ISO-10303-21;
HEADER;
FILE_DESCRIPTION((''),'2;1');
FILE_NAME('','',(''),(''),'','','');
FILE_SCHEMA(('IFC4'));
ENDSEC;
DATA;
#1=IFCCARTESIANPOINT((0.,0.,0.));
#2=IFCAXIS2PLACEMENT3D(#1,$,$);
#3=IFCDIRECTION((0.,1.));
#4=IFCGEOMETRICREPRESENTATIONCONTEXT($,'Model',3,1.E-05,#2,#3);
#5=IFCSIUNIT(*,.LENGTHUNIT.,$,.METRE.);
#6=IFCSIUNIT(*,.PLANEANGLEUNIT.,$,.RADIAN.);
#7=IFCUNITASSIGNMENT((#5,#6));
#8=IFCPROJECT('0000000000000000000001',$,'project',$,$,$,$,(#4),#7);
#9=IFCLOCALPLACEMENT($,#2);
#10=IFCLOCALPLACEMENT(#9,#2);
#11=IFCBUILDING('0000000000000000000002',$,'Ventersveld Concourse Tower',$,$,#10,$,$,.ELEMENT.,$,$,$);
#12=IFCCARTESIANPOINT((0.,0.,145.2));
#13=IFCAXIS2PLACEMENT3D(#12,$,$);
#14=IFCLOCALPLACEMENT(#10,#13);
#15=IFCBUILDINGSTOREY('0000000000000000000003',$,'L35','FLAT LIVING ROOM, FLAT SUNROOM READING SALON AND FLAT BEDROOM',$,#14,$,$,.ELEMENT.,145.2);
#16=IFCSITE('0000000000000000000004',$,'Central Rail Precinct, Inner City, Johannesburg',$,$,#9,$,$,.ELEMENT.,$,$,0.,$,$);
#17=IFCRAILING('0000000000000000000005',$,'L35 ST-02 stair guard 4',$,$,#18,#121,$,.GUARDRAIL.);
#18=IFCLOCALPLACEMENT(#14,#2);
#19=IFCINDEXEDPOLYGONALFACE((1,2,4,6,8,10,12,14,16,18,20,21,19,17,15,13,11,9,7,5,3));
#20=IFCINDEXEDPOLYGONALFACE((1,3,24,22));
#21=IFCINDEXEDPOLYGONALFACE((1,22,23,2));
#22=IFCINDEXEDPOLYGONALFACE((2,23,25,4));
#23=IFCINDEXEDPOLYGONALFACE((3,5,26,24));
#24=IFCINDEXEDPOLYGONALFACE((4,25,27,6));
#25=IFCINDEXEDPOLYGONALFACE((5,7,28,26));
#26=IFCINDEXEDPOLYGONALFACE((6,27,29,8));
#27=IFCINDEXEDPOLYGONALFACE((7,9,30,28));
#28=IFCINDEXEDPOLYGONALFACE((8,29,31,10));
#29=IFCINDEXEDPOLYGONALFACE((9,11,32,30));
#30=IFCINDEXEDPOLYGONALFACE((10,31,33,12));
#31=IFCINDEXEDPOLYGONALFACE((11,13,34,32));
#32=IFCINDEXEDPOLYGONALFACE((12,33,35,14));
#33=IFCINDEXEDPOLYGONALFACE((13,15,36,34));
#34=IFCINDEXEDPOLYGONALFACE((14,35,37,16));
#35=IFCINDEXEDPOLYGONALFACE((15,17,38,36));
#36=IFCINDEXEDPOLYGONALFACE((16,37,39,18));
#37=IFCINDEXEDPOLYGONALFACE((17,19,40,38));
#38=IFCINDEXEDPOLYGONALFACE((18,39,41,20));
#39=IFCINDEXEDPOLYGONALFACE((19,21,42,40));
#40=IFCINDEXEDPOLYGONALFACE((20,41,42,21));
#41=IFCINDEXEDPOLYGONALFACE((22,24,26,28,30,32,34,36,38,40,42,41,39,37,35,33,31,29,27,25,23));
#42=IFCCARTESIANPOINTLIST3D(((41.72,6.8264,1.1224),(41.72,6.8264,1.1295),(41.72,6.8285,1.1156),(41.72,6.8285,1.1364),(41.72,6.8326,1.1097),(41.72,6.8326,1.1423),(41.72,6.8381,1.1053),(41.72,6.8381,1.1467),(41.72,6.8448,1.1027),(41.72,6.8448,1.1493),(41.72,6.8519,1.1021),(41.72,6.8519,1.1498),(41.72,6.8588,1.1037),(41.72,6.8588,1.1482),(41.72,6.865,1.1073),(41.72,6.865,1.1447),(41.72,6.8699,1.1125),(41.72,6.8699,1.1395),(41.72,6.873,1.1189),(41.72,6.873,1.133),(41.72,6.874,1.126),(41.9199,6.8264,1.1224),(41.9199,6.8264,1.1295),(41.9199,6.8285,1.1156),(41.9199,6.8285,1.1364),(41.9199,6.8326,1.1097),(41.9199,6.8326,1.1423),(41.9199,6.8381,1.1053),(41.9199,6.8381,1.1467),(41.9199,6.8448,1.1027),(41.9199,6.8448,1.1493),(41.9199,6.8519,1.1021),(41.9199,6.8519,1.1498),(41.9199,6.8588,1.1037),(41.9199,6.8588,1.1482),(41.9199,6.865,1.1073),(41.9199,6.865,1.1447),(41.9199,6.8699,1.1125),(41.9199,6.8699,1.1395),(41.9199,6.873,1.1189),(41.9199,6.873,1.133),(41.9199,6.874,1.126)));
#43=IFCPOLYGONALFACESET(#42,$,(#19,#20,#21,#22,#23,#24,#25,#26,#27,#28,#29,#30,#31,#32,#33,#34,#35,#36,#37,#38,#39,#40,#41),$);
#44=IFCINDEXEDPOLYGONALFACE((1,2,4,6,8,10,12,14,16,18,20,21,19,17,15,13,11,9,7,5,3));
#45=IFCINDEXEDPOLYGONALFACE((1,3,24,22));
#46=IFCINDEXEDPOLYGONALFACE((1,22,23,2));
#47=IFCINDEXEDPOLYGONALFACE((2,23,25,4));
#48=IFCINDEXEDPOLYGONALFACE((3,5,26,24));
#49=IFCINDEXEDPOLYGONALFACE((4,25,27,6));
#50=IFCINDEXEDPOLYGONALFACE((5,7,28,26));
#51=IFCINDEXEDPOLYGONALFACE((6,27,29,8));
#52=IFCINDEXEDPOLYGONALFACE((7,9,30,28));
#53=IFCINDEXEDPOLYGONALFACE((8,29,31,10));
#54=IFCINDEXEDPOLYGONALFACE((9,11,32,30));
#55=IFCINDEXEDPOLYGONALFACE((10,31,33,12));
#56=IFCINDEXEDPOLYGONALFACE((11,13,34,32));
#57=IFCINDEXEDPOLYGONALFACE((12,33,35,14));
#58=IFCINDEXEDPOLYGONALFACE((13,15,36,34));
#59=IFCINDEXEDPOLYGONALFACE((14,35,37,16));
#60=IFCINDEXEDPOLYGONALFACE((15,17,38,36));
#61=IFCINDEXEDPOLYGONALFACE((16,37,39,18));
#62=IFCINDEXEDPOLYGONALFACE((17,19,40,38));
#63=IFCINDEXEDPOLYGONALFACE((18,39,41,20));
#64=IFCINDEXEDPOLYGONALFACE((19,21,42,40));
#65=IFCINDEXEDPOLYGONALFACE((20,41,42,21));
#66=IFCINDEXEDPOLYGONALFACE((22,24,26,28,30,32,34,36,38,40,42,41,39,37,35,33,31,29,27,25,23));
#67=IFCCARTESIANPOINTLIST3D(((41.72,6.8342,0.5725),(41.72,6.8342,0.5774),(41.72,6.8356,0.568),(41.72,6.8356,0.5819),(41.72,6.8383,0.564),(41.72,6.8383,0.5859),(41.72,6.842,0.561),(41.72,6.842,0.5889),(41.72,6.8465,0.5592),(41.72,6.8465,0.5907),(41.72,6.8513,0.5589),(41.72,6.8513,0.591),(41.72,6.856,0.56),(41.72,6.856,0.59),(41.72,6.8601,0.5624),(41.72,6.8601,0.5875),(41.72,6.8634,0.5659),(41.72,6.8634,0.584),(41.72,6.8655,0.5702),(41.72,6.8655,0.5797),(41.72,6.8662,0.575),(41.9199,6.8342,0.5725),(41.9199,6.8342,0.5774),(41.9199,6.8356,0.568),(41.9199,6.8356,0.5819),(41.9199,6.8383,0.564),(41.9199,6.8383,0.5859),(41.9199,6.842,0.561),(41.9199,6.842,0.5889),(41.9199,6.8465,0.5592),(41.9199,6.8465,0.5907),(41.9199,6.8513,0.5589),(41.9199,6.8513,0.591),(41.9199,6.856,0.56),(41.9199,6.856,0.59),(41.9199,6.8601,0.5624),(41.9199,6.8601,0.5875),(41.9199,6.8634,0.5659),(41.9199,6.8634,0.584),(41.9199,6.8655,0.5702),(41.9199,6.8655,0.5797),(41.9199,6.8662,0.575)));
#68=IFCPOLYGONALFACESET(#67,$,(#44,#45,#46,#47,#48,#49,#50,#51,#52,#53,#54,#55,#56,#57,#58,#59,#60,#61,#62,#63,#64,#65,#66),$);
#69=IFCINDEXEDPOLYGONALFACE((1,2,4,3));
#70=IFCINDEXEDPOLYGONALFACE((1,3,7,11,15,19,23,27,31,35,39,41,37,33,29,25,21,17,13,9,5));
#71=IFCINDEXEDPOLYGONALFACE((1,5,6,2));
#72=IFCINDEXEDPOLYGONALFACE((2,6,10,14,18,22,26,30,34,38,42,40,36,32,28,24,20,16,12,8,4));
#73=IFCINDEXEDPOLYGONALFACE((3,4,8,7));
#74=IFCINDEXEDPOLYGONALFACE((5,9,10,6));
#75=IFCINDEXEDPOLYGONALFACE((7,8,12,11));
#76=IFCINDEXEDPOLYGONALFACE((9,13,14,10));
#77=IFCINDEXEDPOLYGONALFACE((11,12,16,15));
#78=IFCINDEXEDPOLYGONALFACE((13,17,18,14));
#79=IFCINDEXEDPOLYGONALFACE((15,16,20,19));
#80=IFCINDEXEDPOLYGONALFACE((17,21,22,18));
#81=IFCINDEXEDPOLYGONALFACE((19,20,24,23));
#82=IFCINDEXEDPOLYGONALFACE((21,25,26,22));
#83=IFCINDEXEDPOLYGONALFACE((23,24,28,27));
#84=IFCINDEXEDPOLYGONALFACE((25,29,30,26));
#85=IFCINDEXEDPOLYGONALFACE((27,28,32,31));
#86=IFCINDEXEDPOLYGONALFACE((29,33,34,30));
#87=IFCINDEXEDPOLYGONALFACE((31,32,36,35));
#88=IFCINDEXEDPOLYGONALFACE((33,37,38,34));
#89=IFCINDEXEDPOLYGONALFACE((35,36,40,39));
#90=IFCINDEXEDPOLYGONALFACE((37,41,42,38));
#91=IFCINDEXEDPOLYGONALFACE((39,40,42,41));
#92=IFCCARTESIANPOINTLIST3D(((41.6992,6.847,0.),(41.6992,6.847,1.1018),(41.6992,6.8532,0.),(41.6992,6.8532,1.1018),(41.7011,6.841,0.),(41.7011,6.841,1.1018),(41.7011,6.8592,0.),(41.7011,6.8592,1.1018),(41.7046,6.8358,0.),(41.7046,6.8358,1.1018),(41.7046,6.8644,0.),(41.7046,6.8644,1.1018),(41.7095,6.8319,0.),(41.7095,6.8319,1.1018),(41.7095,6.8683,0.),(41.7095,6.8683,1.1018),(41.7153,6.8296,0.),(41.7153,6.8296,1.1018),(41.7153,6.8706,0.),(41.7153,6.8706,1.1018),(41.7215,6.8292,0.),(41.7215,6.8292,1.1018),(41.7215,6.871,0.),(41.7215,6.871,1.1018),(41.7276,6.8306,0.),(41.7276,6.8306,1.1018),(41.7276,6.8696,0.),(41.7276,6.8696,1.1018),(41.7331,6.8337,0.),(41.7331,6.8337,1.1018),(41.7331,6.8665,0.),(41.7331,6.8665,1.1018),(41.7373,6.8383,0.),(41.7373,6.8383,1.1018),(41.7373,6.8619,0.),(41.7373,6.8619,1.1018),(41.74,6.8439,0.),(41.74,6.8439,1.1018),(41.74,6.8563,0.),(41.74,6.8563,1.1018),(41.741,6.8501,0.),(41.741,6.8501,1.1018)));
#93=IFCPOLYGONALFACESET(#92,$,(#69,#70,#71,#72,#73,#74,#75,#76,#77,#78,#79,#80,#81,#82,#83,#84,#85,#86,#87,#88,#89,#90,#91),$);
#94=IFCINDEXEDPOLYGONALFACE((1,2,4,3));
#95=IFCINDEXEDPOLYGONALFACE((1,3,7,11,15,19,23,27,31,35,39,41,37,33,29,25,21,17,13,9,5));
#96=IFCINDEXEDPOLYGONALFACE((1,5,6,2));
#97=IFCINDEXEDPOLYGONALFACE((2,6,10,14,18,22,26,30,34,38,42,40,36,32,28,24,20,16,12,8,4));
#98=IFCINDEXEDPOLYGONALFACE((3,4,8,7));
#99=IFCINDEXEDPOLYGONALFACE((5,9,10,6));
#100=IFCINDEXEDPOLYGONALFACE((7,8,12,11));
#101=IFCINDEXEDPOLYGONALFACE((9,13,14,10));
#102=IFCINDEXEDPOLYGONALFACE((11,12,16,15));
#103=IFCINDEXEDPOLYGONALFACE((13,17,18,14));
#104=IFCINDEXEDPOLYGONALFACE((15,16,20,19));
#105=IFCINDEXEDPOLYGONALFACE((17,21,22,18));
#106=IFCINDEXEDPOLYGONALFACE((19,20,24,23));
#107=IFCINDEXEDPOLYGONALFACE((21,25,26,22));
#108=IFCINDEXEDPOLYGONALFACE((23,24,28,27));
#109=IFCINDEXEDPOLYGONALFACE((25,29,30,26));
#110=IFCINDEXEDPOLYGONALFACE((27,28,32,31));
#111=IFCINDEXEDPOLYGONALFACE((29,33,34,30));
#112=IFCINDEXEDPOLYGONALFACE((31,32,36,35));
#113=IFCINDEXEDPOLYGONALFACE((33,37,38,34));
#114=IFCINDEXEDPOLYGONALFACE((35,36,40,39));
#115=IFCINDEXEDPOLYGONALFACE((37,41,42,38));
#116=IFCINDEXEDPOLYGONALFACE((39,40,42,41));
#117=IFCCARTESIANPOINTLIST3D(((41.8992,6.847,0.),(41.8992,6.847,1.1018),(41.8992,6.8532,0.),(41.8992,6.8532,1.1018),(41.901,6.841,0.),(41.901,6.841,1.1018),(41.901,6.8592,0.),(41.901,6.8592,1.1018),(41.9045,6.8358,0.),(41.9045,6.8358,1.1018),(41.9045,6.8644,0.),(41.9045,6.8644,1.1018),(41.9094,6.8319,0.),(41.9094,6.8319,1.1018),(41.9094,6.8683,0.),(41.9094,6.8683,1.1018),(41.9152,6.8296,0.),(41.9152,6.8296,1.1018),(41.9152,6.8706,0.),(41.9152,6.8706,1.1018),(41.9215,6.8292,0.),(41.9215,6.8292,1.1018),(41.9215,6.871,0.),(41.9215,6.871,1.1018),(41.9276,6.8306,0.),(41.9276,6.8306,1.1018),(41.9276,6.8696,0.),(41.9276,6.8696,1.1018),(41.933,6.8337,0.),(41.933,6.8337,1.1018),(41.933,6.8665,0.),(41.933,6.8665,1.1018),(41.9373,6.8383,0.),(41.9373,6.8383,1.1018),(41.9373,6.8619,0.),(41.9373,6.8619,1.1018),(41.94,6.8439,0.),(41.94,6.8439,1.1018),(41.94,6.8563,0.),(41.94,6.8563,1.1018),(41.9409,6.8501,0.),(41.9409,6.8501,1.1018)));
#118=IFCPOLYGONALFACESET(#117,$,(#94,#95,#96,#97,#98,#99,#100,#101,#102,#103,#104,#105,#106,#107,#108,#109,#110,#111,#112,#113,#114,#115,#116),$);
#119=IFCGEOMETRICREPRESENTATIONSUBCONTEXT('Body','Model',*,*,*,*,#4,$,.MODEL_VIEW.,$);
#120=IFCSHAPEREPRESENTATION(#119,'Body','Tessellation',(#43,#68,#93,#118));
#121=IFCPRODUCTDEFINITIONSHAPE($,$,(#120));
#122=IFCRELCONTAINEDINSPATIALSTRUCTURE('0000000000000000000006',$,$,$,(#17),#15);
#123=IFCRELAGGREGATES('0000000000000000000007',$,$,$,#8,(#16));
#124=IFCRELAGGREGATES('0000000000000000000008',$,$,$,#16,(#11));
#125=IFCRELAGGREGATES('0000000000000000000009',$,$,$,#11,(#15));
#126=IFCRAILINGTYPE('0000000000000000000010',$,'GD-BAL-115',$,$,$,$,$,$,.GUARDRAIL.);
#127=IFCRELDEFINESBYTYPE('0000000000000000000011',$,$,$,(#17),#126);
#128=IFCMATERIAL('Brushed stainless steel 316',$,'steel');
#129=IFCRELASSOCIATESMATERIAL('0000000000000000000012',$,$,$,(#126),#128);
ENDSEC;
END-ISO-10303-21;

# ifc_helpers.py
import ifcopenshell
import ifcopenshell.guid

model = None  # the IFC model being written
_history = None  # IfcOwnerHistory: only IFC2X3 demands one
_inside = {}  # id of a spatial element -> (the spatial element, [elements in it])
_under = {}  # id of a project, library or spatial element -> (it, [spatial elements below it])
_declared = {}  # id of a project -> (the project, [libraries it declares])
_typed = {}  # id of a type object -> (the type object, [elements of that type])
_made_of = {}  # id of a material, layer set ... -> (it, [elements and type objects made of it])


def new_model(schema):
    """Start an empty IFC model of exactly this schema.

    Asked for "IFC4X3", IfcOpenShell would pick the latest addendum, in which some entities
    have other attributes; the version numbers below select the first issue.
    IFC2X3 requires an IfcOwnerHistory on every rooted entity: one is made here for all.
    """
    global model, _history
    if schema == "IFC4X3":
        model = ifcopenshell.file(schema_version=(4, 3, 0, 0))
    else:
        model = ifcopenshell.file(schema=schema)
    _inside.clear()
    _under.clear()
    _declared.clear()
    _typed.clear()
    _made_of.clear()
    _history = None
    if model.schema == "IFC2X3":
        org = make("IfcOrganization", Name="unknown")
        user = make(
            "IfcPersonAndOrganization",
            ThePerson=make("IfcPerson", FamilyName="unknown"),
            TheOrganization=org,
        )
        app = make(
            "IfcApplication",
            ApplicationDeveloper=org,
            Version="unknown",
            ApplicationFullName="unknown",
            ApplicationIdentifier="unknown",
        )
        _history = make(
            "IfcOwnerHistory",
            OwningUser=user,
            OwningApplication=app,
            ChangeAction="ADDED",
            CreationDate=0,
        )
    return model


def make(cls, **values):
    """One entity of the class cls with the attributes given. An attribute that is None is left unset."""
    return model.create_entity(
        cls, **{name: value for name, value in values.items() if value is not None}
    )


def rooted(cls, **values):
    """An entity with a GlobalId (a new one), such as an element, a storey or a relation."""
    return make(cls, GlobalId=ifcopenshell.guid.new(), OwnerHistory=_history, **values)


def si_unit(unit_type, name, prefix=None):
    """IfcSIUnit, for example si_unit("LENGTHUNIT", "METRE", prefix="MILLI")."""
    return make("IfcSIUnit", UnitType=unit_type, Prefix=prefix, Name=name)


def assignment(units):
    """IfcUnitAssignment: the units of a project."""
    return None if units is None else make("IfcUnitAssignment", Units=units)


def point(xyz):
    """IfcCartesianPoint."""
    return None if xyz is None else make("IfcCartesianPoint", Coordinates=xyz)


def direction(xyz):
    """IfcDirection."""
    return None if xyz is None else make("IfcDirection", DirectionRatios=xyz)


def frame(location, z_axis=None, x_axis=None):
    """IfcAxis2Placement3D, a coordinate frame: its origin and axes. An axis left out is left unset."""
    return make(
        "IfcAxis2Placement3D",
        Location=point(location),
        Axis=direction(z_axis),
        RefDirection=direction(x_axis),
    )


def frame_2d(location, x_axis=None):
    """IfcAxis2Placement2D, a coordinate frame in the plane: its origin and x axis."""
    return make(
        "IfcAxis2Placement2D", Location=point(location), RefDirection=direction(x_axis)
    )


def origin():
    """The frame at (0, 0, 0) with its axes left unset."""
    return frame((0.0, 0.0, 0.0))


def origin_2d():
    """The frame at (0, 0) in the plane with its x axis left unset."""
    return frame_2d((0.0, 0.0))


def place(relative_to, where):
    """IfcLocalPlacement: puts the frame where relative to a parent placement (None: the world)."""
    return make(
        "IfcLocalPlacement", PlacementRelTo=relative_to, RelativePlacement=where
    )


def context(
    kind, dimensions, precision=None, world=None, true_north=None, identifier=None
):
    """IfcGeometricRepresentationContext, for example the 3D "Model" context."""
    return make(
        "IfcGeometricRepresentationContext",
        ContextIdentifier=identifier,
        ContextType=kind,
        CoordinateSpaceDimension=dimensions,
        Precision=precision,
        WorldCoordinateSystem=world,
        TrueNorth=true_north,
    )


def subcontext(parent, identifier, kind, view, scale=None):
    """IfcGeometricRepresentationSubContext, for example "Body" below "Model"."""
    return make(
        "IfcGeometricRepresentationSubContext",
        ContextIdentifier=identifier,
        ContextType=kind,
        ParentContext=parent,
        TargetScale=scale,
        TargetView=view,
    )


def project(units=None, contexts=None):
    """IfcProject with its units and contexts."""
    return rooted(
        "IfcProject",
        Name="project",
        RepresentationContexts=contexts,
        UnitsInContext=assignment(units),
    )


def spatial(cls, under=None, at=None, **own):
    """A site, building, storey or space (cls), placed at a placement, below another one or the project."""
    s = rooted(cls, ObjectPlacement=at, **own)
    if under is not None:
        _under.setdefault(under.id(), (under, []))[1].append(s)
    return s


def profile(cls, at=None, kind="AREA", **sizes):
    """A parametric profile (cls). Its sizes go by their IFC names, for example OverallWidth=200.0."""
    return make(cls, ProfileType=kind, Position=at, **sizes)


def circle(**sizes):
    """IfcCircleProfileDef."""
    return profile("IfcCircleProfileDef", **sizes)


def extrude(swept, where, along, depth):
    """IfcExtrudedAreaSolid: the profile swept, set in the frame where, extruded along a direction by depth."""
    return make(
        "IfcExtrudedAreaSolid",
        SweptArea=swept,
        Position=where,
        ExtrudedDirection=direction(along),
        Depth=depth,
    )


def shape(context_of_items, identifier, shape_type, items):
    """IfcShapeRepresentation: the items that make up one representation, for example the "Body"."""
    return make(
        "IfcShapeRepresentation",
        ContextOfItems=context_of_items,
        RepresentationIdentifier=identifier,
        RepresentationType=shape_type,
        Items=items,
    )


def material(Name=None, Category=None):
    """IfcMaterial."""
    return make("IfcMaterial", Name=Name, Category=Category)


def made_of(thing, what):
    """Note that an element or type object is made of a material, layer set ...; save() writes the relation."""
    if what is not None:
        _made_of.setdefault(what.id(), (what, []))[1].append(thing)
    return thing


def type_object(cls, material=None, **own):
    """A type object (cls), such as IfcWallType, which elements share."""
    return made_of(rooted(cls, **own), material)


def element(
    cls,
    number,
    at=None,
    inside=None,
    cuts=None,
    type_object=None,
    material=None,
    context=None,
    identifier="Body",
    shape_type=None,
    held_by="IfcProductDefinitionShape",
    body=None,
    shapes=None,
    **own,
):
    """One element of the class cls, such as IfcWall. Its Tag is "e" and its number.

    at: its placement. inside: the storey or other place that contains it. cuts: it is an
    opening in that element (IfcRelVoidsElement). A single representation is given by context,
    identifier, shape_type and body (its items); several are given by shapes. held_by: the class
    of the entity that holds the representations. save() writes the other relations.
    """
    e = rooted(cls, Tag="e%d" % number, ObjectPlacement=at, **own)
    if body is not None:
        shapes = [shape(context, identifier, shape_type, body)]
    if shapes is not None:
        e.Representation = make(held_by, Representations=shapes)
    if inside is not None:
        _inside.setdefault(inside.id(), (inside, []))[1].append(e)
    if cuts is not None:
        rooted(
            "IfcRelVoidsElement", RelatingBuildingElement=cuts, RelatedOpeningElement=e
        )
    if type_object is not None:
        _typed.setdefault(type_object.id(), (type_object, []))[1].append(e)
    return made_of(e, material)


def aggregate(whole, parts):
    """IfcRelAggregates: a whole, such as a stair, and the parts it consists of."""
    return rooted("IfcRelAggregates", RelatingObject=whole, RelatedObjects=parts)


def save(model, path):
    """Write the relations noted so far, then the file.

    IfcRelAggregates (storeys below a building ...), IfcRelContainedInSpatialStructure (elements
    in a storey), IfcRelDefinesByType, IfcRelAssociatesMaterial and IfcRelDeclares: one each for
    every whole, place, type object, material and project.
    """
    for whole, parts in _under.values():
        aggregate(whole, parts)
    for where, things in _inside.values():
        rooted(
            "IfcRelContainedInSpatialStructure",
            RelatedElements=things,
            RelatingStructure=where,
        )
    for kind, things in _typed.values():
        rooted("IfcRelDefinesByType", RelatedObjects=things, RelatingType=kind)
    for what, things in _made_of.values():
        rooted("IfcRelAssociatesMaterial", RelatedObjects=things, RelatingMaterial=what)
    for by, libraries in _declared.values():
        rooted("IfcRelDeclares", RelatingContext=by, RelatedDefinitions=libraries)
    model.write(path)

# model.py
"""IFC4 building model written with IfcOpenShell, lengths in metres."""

from ifc_helpers import new_model, si_unit, direction, frame, origin, origin_2d, place, context, subcontext, project, spatial, circle, extrude, material, type_object, element, save


model = new_model("IFC4")

# Units and contexts
model_context = context("Model", 3, precision=1e-05, world=origin(), true_north=direction((0.0, 1.0)))
body_context = subcontext(model_context, "Body", "Model", "MODEL_VIEW")
ifc_project = project(units=[si_unit("LENGTHUNIT", "METRE"), si_unit("PLANEANGLEUNIT", "RADIAN")], contexts=[model_context])

# Site, building, storey
site_placement = place(None, origin())
site = spatial("IfcSite", under=ifc_project, at=site_placement, Name="Central Rail Precinct, Inner City, Johannesburg", CompositionType="ELEMENT", RefElevation=0.0)
building_placement = place(site_placement, origin())
building = spatial("IfcBuilding", under=site, at=building_placement, Name="Ventersveld Concourse Tower", CompositionType="ELEMENT")
storey_placement = place(building_placement, frame((0.0, 0.0, 145.2)))
storey = spatial("IfcBuildingStorey", under=building, at=storey_placement, Name="L35", Description="FLAT LIVING ROOM, FLAT SUNROOM READING SALON AND FLAT BEDROOM", CompositionType="ELEMENT", Elevation=145.2)

# Railing
ifc_material_1 = material(Name="Brushed stainless steel 316", Category="steel")
railing_type_1 = type_object("IfcRailingType", Name="GD-BAL-115", PredefinedType="GUARDRAIL", material=ifc_material_1)
railing_1_placement = place(storey_placement, frame((41.72, 6.8501, 0.0)))
element("IfcRailing", 1, at=railing_1_placement, inside=storey, type_object=railing_type_1, Name="L35 ST-02 stair guard 4", PredefinedType="GUARDRAIL", context=body_context, shape_type="SweptSolid", body=[
    extrude(circle(Radius=0.0239, at=origin_2d()), frame((0.0, 0.0, 1.126), z_axis=(1.0, 0.0, 0.0), x_axis=(0.0, 1.0, 0.0)), (0.0, 0.0, 1.0), 0.2),
    extrude(circle(Radius=0.0161, at=origin_2d()), frame((0.0, 0.0, 0.575), z_axis=(1.0, 0.0, 0.0), x_axis=(0.0, 1.0, 0.0)), (0.0, 0.0, 1.0), 0.2),
    extrude(circle(Radius=0.021, at=origin_2d()), origin(), (0.0, 0.0, 1.0), 1.1018),
    extrude(circle(Radius=0.021, at=origin_2d()), frame((0.2, 0.0, 0.0)), (0.0, 0.0, 1.0), 1.1018),
])

save(model, "model.ifc")
